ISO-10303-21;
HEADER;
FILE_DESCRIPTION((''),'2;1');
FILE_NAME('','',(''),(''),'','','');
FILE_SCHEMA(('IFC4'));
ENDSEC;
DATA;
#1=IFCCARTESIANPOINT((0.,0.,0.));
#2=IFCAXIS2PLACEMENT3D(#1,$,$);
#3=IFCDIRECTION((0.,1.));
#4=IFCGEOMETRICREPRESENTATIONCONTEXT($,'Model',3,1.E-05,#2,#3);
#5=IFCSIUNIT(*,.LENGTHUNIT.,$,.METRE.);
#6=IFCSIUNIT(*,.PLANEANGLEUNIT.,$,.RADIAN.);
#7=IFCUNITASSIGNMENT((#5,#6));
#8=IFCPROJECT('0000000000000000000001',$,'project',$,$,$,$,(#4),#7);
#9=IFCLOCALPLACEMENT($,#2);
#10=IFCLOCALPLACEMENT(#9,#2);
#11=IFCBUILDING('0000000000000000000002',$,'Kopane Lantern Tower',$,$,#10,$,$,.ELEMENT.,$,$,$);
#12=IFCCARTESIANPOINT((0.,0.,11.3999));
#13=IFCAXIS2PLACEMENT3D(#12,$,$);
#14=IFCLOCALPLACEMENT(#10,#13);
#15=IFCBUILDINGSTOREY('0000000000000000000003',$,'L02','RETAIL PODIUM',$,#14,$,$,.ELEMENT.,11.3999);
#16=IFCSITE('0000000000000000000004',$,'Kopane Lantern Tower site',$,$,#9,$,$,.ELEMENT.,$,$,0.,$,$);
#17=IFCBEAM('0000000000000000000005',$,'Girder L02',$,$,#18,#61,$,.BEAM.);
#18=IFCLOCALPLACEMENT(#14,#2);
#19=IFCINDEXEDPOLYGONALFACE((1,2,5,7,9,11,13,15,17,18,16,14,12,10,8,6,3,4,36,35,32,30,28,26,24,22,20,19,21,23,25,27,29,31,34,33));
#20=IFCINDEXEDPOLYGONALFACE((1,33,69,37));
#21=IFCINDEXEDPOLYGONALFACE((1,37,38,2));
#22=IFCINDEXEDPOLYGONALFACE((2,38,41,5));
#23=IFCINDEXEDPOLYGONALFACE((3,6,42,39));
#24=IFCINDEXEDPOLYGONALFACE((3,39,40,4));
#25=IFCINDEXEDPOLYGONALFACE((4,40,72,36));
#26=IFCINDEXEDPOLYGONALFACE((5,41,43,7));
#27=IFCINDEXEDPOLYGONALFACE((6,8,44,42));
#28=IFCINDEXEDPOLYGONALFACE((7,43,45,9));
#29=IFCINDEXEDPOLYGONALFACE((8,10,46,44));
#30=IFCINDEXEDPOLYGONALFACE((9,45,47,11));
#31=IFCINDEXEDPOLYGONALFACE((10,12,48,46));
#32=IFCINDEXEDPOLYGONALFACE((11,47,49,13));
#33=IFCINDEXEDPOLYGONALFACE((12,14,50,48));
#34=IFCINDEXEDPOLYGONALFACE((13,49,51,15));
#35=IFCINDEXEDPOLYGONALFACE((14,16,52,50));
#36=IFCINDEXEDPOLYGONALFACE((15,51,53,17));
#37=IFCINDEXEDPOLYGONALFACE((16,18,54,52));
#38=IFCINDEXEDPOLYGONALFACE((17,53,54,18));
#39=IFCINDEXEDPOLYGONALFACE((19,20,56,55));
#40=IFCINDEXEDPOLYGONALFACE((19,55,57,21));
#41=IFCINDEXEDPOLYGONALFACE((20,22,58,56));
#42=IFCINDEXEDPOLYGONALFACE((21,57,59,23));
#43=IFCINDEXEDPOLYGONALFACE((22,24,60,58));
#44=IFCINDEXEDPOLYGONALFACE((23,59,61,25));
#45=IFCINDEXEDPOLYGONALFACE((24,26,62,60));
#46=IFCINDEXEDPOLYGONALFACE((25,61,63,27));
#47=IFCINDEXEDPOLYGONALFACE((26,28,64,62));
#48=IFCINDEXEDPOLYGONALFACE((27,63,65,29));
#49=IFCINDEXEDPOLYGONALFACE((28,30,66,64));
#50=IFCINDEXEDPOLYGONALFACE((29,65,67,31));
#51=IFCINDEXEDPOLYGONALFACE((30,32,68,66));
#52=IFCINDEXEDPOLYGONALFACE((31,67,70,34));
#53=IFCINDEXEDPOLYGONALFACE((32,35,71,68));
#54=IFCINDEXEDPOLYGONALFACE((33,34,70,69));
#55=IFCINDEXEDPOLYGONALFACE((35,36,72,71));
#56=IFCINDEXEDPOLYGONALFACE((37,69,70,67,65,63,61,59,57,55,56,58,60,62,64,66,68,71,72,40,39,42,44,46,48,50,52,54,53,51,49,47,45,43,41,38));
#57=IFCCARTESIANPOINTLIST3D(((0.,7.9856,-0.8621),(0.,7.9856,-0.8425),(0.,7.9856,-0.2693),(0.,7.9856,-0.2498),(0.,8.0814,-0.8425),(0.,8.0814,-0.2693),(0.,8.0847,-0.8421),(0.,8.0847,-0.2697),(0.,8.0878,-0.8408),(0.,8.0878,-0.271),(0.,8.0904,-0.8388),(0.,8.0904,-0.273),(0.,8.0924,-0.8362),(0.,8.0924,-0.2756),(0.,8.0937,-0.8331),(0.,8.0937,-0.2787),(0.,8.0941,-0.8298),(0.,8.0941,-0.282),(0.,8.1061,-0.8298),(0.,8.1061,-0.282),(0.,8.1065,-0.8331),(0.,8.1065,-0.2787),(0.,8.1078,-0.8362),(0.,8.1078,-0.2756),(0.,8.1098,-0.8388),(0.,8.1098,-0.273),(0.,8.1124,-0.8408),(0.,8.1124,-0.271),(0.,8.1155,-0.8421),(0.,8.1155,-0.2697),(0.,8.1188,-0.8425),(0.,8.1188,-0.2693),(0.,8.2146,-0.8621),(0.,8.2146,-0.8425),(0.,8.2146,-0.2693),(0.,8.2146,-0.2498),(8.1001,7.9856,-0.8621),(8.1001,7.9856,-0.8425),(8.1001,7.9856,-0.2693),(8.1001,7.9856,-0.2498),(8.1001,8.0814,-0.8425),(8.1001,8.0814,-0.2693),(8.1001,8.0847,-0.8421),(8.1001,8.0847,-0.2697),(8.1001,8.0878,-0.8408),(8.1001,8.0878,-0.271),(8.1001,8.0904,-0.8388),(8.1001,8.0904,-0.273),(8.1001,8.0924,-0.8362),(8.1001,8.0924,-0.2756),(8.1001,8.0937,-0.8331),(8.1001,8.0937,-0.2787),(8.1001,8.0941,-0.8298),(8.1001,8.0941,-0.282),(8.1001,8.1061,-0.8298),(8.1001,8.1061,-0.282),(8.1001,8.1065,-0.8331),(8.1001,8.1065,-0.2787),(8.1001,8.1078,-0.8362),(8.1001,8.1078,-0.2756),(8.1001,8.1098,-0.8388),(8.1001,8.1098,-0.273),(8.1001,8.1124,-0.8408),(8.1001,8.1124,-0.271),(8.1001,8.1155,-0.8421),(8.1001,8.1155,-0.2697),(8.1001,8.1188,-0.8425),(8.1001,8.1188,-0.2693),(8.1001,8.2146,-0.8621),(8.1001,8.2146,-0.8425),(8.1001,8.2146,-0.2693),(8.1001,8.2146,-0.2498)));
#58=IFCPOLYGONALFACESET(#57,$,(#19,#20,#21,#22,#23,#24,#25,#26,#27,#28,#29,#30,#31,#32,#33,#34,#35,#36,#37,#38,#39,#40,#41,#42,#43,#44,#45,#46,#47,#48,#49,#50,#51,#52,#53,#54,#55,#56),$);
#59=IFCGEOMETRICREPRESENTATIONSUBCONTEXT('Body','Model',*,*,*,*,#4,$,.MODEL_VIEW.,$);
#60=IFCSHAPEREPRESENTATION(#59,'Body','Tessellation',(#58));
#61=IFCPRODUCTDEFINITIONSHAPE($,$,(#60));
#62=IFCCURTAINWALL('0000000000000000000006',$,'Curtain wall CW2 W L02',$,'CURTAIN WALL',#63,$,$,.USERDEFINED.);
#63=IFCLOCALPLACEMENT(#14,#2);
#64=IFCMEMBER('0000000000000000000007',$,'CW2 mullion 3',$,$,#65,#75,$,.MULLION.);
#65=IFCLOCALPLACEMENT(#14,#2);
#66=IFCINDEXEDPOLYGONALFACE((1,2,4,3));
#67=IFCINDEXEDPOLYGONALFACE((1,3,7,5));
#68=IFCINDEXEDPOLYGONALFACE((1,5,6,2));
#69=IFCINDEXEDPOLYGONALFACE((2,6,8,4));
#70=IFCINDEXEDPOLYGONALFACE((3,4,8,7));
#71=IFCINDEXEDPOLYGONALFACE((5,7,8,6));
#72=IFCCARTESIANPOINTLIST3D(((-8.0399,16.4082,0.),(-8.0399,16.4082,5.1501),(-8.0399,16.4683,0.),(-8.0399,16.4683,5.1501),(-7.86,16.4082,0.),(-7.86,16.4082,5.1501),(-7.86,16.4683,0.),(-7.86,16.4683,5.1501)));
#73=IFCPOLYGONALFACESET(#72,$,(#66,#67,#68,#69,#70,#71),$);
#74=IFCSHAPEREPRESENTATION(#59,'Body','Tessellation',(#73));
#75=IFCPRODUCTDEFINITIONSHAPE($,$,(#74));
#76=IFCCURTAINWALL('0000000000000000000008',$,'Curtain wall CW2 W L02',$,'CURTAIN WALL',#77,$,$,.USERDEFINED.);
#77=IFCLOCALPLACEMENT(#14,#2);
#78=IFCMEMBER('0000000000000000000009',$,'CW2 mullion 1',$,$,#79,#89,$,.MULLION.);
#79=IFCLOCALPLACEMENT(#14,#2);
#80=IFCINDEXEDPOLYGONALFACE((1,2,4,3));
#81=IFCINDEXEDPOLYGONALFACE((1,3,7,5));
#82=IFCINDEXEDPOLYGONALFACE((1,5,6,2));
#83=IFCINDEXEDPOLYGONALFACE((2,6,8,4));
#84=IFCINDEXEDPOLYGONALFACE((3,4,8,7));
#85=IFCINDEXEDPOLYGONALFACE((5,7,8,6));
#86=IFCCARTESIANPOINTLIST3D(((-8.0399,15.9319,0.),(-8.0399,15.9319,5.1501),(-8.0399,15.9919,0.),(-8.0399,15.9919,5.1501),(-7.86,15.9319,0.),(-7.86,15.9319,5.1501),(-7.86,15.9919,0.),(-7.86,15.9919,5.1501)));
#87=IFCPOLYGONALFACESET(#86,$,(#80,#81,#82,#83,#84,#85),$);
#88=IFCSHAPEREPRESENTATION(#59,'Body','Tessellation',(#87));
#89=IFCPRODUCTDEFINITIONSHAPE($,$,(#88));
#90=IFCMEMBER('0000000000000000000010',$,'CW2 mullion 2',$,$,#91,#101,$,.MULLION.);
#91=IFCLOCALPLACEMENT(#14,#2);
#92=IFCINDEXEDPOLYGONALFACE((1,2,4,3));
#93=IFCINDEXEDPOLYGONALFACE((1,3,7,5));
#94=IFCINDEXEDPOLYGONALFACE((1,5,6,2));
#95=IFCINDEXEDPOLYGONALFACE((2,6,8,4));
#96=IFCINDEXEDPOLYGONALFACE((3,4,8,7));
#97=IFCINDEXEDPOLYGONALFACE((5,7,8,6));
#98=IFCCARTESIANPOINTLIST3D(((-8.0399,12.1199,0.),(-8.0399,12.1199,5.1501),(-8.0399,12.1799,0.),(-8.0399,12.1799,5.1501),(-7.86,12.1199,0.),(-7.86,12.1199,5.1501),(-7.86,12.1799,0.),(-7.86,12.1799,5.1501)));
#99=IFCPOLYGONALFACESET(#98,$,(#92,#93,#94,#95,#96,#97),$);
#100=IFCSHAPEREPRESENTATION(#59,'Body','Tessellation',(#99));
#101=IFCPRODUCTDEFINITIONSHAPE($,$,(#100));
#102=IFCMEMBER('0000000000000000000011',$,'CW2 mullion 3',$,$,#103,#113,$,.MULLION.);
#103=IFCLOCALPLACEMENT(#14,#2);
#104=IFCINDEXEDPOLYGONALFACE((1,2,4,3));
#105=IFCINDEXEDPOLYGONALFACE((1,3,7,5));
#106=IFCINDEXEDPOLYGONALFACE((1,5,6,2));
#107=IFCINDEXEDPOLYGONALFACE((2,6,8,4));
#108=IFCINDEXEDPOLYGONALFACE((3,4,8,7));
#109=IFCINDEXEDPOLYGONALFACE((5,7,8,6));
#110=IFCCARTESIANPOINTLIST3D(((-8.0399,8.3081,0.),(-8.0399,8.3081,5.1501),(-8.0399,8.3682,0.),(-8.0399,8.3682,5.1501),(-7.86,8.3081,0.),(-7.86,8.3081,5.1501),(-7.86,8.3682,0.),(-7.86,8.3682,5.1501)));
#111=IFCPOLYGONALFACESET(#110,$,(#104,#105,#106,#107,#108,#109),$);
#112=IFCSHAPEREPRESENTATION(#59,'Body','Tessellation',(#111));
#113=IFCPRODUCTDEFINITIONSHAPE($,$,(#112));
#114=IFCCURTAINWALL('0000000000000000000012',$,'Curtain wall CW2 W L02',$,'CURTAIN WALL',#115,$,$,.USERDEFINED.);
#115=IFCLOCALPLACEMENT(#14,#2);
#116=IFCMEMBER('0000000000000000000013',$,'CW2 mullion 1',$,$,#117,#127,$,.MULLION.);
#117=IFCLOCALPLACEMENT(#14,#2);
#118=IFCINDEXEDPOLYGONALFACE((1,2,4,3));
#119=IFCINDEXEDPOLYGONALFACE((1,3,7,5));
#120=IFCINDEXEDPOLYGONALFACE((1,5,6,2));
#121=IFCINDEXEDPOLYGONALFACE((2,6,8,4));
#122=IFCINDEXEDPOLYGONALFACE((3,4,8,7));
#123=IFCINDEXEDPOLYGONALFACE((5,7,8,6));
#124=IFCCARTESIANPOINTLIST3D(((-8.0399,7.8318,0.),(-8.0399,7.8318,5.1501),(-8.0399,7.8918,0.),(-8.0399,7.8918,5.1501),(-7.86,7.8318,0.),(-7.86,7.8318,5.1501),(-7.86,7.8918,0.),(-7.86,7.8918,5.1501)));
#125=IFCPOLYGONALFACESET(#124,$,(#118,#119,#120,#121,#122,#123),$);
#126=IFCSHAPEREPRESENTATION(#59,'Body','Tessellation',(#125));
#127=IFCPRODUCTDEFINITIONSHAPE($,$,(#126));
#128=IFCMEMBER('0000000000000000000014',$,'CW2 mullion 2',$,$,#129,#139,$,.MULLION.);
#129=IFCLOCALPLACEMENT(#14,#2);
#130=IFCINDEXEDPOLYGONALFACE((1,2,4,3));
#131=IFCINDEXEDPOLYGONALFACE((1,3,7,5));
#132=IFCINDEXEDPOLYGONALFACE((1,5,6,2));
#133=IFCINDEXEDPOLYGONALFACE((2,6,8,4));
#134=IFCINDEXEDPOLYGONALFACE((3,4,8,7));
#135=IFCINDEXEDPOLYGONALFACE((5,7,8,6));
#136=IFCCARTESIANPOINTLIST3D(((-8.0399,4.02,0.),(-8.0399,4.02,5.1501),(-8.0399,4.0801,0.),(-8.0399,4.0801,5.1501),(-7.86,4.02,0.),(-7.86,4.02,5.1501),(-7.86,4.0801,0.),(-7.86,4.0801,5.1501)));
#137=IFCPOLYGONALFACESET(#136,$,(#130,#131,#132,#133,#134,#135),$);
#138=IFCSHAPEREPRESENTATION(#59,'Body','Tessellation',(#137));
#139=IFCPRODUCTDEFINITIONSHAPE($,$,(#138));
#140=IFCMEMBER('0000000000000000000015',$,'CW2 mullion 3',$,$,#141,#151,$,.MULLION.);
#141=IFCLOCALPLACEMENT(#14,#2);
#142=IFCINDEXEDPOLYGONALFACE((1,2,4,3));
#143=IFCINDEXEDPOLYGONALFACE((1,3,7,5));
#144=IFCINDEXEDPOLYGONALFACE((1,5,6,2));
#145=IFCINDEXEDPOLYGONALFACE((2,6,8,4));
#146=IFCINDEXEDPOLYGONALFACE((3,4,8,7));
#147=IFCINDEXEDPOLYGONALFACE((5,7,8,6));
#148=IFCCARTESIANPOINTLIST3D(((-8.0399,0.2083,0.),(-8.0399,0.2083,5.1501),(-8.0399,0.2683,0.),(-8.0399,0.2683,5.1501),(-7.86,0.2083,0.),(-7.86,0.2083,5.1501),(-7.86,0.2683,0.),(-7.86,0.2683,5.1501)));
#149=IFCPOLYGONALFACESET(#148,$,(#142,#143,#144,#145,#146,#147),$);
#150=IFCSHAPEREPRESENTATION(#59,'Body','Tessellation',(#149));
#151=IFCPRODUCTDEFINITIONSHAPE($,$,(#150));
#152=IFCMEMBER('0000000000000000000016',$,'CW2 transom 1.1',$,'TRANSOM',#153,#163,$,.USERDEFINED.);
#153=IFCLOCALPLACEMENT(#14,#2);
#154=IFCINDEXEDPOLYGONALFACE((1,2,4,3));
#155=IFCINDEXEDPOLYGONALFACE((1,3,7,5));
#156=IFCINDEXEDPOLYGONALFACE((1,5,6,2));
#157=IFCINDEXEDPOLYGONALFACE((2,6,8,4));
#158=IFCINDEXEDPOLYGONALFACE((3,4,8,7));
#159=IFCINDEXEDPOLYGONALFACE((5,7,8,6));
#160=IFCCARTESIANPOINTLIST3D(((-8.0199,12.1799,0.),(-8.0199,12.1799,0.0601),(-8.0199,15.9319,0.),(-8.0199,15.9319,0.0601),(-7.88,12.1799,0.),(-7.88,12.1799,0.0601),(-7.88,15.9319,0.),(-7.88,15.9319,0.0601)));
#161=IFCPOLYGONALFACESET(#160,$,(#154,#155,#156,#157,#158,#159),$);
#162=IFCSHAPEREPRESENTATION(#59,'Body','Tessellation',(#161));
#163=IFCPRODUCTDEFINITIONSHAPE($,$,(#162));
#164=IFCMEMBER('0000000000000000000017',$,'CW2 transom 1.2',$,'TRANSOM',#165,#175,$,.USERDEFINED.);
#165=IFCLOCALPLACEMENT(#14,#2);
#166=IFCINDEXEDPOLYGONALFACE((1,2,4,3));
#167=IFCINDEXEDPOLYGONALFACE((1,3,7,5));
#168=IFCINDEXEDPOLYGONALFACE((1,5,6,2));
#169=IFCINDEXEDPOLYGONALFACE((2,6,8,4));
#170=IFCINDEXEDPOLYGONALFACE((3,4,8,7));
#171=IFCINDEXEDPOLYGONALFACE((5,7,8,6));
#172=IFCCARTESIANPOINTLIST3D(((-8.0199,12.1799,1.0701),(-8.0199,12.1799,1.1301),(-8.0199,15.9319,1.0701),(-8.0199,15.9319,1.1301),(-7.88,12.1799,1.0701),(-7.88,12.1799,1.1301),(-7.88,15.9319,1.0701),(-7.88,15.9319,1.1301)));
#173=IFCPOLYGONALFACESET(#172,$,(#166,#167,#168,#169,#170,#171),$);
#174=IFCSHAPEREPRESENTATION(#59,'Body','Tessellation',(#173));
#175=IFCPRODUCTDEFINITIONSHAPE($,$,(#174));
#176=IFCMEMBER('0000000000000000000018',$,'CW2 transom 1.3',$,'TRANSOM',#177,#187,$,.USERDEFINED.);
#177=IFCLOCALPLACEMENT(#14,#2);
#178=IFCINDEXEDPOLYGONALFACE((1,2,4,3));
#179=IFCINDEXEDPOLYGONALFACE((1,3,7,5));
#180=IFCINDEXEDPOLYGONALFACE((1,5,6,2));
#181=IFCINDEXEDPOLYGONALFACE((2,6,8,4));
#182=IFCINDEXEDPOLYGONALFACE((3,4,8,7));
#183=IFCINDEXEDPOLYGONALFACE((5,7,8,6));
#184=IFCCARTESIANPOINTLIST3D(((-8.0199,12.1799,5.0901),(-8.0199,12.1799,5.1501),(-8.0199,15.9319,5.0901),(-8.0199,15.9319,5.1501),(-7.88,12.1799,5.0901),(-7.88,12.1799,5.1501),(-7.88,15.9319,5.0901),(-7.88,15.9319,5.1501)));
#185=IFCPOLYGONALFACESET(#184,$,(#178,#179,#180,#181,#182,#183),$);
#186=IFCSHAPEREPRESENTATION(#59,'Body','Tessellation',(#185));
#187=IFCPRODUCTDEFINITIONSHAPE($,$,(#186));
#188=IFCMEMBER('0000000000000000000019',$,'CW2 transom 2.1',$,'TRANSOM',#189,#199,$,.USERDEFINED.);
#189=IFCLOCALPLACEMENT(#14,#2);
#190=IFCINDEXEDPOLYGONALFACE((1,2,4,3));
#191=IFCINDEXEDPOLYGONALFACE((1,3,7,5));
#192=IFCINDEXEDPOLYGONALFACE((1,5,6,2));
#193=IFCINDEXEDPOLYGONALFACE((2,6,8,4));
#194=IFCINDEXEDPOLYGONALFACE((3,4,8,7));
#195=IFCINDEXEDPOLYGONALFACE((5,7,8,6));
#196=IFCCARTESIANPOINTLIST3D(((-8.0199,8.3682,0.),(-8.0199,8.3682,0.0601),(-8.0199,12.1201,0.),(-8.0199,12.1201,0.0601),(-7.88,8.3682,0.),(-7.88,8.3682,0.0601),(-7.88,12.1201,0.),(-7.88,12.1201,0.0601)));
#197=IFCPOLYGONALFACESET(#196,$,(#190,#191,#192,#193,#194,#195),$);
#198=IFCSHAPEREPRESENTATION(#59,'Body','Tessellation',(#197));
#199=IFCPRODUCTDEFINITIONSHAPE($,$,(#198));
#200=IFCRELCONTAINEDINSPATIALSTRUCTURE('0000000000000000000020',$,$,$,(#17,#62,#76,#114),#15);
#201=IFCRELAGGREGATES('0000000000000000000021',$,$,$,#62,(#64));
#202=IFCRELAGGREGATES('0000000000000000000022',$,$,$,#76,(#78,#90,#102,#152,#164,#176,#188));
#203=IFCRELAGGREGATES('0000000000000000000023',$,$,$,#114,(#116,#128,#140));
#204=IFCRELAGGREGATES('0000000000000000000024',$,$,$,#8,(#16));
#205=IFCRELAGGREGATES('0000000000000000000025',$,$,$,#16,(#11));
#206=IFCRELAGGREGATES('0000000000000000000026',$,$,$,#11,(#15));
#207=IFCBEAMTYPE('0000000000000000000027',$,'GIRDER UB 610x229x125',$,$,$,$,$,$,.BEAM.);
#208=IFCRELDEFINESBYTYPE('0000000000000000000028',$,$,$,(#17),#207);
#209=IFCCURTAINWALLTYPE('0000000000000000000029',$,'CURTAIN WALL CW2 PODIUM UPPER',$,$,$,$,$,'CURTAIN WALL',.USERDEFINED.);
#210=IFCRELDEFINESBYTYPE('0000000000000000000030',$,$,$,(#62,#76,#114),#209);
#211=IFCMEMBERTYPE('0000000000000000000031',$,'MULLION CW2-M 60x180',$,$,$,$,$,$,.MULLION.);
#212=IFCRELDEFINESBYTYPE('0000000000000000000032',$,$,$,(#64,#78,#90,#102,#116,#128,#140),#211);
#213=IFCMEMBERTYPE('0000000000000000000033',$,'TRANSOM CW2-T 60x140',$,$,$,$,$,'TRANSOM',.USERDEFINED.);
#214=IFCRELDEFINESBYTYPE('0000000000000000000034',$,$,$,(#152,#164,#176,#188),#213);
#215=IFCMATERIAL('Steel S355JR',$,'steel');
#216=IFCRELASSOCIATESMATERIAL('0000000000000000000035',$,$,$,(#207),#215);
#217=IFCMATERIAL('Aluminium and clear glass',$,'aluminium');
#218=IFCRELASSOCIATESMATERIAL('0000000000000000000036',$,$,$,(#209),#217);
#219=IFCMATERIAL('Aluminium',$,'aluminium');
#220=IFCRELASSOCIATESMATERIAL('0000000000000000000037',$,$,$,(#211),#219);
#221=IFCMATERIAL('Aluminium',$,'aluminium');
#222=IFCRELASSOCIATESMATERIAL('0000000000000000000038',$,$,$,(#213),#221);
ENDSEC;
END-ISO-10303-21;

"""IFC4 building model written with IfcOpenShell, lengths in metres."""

from ifc_helpers import new_model, si_unit, direction, frame, origin, origin_2d, place, context, subcontext, project, spatial, rectangle, i_section, extrude, material, material_profile, profile_set, type_object, element, aggregate, save


model = new_model("IFC4")

# Units and contexts
model_context = context("Model", 3, precision=1e-05, world=origin(), true_north=direction((0.0, 1.0)))
body_context = subcontext(model_context, "Body", "Model", "MODEL_VIEW")
ifc_project = project(units=[si_unit("LENGTHUNIT", "METRE"), si_unit("PLANEANGLEUNIT", "RADIAN")], contexts=[model_context])

# Site, building, storey
site_placement = place(None, origin())
site = spatial("IfcSite", under=ifc_project, at=site_placement, Name="Kopane Lantern Tower site", CompositionType="ELEMENT", RefElevation=0.0)
building_placement = place(site_placement, origin())
building = spatial("IfcBuilding", under=site, at=building_placement, Name="Kopane Lantern Tower", CompositionType="ELEMENT")
storey_placement = place(building_placement, frame((0.0, 0.0, 11.3999)))
storey = spatial("IfcBuildingStorey", under=building, at=storey_placement, Name="L02", Description="RETAIL PODIUM", CompositionType="ELEMENT", Elevation=11.3999)

# Beam
ifc_material_1 = material(Name="Steel S355JR", Category="steel")
ifc_material_profile_1 = material_profile(ifc_material_1, i_section(OverallWidth=0.229, OverallDepth=0.6123, WebThickness=0.012, FlangeThickness=0.0195, FilletRadius=0.0127, at=origin_2d()), Name="UB 610x229x125")
ifc_profile_set_1 = profile_set([ifc_material_profile_1], Name="Steel S355JR")
beam_type = type_object("IfcBeamType", Name="GIRDER UB 610x229x125", PredefinedType="BEAM", material=ifc_profile_set_1)
beam_1_placement = place(storey_placement, frame((0.0, 8.1001, -0.5559), z_axis=(1.0, 0.0, 0.0), x_axis=(0.0, 1.0, 0.0)))
element("IfcBeam", 1, at=beam_1_placement, inside=storey, type_object=beam_type, Name="Girder L02", PredefinedType="BEAM", context=body_context, shape_type="SweptSolid", body=[
    extrude(i_section(OverallWidth=0.229, OverallDepth=0.6123, WebThickness=0.012, FlangeThickness=0.0195, FilletRadius=0.0127, at=origin_2d()), origin(), (0.0, 0.0, 1.0), 8.1001),
])

# Curtain wall, member
ifc_material_2 = material(Name="Aluminium and clear glass", Category="aluminium")
curtain_wall_type = type_object("IfcCurtainWallType", Name="CURTAIN WALL CW2 PODIUM UPPER", ElementType="CURTAIN WALL", PredefinedType="USERDEFINED", material=ifc_material_2)
curtain_wall_1_placement = place(storey_placement, origin())
curtain_wall_1 = element("IfcCurtainWall", 2, at=curtain_wall_1_placement, inside=storey, type_object=curtain_wall_type, Name="Curtain wall CW2 W L02", ObjectType="CURTAIN WALL", PredefinedType="USERDEFINED")
ifc_material_3 = material(Name="Aluminium", Category="aluminium")
ifc_material_profile_2 = material_profile(ifc_material_3, rectangle(XDim=0.0601, YDim=0.1799, at=origin_2d()), Name="AL 60x180")
ifc_profile_set_2 = profile_set([ifc_material_profile_2], Name="Aluminium")
member_type_1 = type_object("IfcMemberType", Name="MULLION CW2-M 60x180", PredefinedType="MULLION", material=ifc_profile_set_2)
member_1_placement = place(storey_placement, frame((-7.95, 16.4382, 0.0), z_axis=(0.0, 0.0, 1.0), x_axis=(0.0, -1.0, 0.0)))
member_1 = element("IfcMember", 3, at=member_1_placement, type_object=member_type_1, Name="CW2 mullion 3", PredefinedType="MULLION", context=body_context, shape_type="SweptSolid", body=[
    extrude(rectangle(XDim=0.0601, YDim=0.1799, at=origin_2d()), origin(), (0.0, 0.0, 1.0), 5.1501),
])

# Curtain walls, members
curtain_wall_2_placement = place(storey_placement, origin())
curtain_wall_2 = element("IfcCurtainWall", 4, at=curtain_wall_2_placement, inside=storey, type_object=curtain_wall_type, Name="Curtain wall CW2 W L02", ObjectType="CURTAIN WALL", PredefinedType="USERDEFINED")
member_2_placement = place(storey_placement, frame((-7.95, 15.9619, 0.0), z_axis=(0.0, 0.0, 1.0), x_axis=(0.0, -1.0, 0.0)))
member_2 = element("IfcMember", 5, at=member_2_placement, type_object=member_type_1, Name="CW2 mullion 1", PredefinedType="MULLION", context=body_context, shape_type="SweptSolid", body=[
    extrude(rectangle(XDim=0.0601, YDim=0.1799, at=origin_2d()), origin(), (0.0, 0.0, 1.0), 5.1501),
])
member_3_placement = place(storey_placement, frame((-7.95, 12.1499, 0.0), z_axis=(0.0, 0.0, 1.0), x_axis=(0.0, -1.0, 0.0)))
member_3 = element("IfcMember", 6, at=member_3_placement, type_object=member_type_1, Name="CW2 mullion 2", PredefinedType="MULLION", context=body_context, shape_type="SweptSolid", body=[
    extrude(rectangle(XDim=0.0601, YDim=0.1799, at=origin_2d()), origin(), (0.0, 0.0, 1.0), 5.1501),
])
member_4_placement = place(storey_placement, frame((-7.95, 8.3381, 0.0), z_axis=(0.0, 0.0, 1.0), x_axis=(0.0, -1.0, 0.0)))
member_4 = element("IfcMember", 7, at=member_4_placement, type_object=member_type_1, Name="CW2 mullion 3", PredefinedType="MULLION", context=body_context, shape_type="SweptSolid", body=[
    extrude(rectangle(XDim=0.0601, YDim=0.1799, at=origin_2d()), origin(), (0.0, 0.0, 1.0), 5.1501),
])
curtain_wall_3_placement = place(storey_placement, origin())
curtain_wall_3 = element("IfcCurtainWall", 8, at=curtain_wall_3_placement, inside=storey, type_object=curtain_wall_type, Name="Curtain wall CW2 W L02", ObjectType="CURTAIN WALL", PredefinedType="USERDEFINED")
member_5_placement = place(storey_placement, frame((-7.95, 7.8618, 0.0), z_axis=(0.0, 0.0, 1.0), x_axis=(0.0, -1.0, 0.0)))
member_5 = element("IfcMember", 9, at=member_5_placement, type_object=member_type_1, Name="CW2 mullion 1", PredefinedType="MULLION", context=body_context, shape_type="SweptSolid", body=[
    extrude(rectangle(XDim=0.0601, YDim=0.1799, at=origin_2d()), origin(), (0.0, 0.0, 1.0), 5.1501),
])
member_6_placement = place(storey_placement, frame((-7.95, 4.05, 0.0), z_axis=(0.0, 0.0, 1.0), x_axis=(0.0, -1.0, 0.0)))
member_6 = element("IfcMember", 10, at=member_6_placement, type_object=member_type_1, Name="CW2 mullion 2", PredefinedType="MULLION", context=body_context, shape_type="SweptSolid", body=[
    extrude(rectangle(XDim=0.0601, YDim=0.1799, at=origin_2d()), origin(), (0.0, 0.0, 1.0), 5.1501),
])
member_7_placement = place(storey_placement, frame((-7.95, 0.2383, 0.0), z_axis=(0.0, 0.0, 1.0), x_axis=(0.0, -1.0, 0.0)))
member_7 = element("IfcMember", 11, at=member_7_placement, type_object=member_type_1, Name="CW2 mullion 3", PredefinedType="MULLION", context=body_context, shape_type="SweptSolid", body=[
    extrude(rectangle(XDim=0.0601, YDim=0.1799, at=origin_2d()), origin(), (0.0, 0.0, 1.0), 5.1501),
])

# Members
ifc_material_4 = material(Name="Aluminium", Category="aluminium")
ifc_material_profile_3 = material_profile(ifc_material_4, rectangle(XDim=0.1399, YDim=0.0601, at=origin_2d()), Name="AL 140x60")
ifc_profile_set_3 = profile_set([ifc_material_profile_3], Name="Aluminium")
member_type_2 = type_object("IfcMemberType", Name="TRANSOM CW2-T 60x140", ElementType="TRANSOM", PredefinedType="USERDEFINED", material=ifc_profile_set_3)
member_8_placement = place(storey_placement, frame((-7.95, 15.9319, 0.03), z_axis=(0.0, -1.0, 0.0), x_axis=(1.0, 0.0, 0.0)))
member_8 = element("IfcMember", 12, at=member_8_placement, type_object=member_type_2, Name="CW2 transom 1.1", ObjectType="TRANSOM", PredefinedType="USERDEFINED", context=body_context, shape_type="SweptSolid", body=[
    extrude(rectangle(XDim=0.1399, YDim=0.0601, at=origin_2d()), origin(), (0.0, 0.0, 1.0), 3.752),
])
member_9_placement = place(storey_placement, frame((-7.95, 15.9319, 1.1001), z_axis=(0.0, -1.0, 0.0), x_axis=(1.0, 0.0, 0.0)))
member_9 = element("IfcMember", 13, at=member_9_placement, type_object=member_type_2, Name="CW2 transom 1.2", ObjectType="TRANSOM", PredefinedType="USERDEFINED", context=body_context, shape_type="SweptSolid", body=[
    extrude(rectangle(XDim=0.1399, YDim=0.0601, at=origin_2d()), origin(), (0.0, 0.0, 1.0), 3.752),
])
member_10_placement = place(storey_placement, frame((-7.95, 15.9319, 5.1201), z_axis=(0.0, -1.0, 0.0), x_axis=(1.0, 0.0, 0.0)))
member_10 = element("IfcMember", 14, at=member_10_placement, type_object=member_type_2, Name="CW2 transom 1.3", ObjectType="TRANSOM", PredefinedType="USERDEFINED", context=body_context, shape_type="SweptSolid", body=[
    extrude(rectangle(XDim=0.1399, YDim=0.0601, at=origin_2d()), origin(), (0.0, 0.0, 1.0), 3.752),
])
member_11_placement = place(storey_placement, frame((-7.95, 12.1201, 0.03), z_axis=(0.0, -1.0, 0.0), x_axis=(1.0, 0.0, 0.0)))
member_11 = element("IfcMember", 15, at=member_11_placement, type_object=member_type_2, Name="CW2 transom 2.1", ObjectType="TRANSOM", PredefinedType="USERDEFINED", context=body_context, shape_type="SweptSolid", body=[
    extrude(rectangle(XDim=0.1399, YDim=0.0601, at=origin_2d()), origin(), (0.0, 0.0, 1.0), 3.752),
])

aggregate(curtain_wall_1, [member_1])
aggregate(curtain_wall_2, [member_2, member_3, member_4, member_8, member_9, member_10, member_11])
aggregate(curtain_wall_3, [member_5, member_6, member_7])

save(model, "model.ifc")
